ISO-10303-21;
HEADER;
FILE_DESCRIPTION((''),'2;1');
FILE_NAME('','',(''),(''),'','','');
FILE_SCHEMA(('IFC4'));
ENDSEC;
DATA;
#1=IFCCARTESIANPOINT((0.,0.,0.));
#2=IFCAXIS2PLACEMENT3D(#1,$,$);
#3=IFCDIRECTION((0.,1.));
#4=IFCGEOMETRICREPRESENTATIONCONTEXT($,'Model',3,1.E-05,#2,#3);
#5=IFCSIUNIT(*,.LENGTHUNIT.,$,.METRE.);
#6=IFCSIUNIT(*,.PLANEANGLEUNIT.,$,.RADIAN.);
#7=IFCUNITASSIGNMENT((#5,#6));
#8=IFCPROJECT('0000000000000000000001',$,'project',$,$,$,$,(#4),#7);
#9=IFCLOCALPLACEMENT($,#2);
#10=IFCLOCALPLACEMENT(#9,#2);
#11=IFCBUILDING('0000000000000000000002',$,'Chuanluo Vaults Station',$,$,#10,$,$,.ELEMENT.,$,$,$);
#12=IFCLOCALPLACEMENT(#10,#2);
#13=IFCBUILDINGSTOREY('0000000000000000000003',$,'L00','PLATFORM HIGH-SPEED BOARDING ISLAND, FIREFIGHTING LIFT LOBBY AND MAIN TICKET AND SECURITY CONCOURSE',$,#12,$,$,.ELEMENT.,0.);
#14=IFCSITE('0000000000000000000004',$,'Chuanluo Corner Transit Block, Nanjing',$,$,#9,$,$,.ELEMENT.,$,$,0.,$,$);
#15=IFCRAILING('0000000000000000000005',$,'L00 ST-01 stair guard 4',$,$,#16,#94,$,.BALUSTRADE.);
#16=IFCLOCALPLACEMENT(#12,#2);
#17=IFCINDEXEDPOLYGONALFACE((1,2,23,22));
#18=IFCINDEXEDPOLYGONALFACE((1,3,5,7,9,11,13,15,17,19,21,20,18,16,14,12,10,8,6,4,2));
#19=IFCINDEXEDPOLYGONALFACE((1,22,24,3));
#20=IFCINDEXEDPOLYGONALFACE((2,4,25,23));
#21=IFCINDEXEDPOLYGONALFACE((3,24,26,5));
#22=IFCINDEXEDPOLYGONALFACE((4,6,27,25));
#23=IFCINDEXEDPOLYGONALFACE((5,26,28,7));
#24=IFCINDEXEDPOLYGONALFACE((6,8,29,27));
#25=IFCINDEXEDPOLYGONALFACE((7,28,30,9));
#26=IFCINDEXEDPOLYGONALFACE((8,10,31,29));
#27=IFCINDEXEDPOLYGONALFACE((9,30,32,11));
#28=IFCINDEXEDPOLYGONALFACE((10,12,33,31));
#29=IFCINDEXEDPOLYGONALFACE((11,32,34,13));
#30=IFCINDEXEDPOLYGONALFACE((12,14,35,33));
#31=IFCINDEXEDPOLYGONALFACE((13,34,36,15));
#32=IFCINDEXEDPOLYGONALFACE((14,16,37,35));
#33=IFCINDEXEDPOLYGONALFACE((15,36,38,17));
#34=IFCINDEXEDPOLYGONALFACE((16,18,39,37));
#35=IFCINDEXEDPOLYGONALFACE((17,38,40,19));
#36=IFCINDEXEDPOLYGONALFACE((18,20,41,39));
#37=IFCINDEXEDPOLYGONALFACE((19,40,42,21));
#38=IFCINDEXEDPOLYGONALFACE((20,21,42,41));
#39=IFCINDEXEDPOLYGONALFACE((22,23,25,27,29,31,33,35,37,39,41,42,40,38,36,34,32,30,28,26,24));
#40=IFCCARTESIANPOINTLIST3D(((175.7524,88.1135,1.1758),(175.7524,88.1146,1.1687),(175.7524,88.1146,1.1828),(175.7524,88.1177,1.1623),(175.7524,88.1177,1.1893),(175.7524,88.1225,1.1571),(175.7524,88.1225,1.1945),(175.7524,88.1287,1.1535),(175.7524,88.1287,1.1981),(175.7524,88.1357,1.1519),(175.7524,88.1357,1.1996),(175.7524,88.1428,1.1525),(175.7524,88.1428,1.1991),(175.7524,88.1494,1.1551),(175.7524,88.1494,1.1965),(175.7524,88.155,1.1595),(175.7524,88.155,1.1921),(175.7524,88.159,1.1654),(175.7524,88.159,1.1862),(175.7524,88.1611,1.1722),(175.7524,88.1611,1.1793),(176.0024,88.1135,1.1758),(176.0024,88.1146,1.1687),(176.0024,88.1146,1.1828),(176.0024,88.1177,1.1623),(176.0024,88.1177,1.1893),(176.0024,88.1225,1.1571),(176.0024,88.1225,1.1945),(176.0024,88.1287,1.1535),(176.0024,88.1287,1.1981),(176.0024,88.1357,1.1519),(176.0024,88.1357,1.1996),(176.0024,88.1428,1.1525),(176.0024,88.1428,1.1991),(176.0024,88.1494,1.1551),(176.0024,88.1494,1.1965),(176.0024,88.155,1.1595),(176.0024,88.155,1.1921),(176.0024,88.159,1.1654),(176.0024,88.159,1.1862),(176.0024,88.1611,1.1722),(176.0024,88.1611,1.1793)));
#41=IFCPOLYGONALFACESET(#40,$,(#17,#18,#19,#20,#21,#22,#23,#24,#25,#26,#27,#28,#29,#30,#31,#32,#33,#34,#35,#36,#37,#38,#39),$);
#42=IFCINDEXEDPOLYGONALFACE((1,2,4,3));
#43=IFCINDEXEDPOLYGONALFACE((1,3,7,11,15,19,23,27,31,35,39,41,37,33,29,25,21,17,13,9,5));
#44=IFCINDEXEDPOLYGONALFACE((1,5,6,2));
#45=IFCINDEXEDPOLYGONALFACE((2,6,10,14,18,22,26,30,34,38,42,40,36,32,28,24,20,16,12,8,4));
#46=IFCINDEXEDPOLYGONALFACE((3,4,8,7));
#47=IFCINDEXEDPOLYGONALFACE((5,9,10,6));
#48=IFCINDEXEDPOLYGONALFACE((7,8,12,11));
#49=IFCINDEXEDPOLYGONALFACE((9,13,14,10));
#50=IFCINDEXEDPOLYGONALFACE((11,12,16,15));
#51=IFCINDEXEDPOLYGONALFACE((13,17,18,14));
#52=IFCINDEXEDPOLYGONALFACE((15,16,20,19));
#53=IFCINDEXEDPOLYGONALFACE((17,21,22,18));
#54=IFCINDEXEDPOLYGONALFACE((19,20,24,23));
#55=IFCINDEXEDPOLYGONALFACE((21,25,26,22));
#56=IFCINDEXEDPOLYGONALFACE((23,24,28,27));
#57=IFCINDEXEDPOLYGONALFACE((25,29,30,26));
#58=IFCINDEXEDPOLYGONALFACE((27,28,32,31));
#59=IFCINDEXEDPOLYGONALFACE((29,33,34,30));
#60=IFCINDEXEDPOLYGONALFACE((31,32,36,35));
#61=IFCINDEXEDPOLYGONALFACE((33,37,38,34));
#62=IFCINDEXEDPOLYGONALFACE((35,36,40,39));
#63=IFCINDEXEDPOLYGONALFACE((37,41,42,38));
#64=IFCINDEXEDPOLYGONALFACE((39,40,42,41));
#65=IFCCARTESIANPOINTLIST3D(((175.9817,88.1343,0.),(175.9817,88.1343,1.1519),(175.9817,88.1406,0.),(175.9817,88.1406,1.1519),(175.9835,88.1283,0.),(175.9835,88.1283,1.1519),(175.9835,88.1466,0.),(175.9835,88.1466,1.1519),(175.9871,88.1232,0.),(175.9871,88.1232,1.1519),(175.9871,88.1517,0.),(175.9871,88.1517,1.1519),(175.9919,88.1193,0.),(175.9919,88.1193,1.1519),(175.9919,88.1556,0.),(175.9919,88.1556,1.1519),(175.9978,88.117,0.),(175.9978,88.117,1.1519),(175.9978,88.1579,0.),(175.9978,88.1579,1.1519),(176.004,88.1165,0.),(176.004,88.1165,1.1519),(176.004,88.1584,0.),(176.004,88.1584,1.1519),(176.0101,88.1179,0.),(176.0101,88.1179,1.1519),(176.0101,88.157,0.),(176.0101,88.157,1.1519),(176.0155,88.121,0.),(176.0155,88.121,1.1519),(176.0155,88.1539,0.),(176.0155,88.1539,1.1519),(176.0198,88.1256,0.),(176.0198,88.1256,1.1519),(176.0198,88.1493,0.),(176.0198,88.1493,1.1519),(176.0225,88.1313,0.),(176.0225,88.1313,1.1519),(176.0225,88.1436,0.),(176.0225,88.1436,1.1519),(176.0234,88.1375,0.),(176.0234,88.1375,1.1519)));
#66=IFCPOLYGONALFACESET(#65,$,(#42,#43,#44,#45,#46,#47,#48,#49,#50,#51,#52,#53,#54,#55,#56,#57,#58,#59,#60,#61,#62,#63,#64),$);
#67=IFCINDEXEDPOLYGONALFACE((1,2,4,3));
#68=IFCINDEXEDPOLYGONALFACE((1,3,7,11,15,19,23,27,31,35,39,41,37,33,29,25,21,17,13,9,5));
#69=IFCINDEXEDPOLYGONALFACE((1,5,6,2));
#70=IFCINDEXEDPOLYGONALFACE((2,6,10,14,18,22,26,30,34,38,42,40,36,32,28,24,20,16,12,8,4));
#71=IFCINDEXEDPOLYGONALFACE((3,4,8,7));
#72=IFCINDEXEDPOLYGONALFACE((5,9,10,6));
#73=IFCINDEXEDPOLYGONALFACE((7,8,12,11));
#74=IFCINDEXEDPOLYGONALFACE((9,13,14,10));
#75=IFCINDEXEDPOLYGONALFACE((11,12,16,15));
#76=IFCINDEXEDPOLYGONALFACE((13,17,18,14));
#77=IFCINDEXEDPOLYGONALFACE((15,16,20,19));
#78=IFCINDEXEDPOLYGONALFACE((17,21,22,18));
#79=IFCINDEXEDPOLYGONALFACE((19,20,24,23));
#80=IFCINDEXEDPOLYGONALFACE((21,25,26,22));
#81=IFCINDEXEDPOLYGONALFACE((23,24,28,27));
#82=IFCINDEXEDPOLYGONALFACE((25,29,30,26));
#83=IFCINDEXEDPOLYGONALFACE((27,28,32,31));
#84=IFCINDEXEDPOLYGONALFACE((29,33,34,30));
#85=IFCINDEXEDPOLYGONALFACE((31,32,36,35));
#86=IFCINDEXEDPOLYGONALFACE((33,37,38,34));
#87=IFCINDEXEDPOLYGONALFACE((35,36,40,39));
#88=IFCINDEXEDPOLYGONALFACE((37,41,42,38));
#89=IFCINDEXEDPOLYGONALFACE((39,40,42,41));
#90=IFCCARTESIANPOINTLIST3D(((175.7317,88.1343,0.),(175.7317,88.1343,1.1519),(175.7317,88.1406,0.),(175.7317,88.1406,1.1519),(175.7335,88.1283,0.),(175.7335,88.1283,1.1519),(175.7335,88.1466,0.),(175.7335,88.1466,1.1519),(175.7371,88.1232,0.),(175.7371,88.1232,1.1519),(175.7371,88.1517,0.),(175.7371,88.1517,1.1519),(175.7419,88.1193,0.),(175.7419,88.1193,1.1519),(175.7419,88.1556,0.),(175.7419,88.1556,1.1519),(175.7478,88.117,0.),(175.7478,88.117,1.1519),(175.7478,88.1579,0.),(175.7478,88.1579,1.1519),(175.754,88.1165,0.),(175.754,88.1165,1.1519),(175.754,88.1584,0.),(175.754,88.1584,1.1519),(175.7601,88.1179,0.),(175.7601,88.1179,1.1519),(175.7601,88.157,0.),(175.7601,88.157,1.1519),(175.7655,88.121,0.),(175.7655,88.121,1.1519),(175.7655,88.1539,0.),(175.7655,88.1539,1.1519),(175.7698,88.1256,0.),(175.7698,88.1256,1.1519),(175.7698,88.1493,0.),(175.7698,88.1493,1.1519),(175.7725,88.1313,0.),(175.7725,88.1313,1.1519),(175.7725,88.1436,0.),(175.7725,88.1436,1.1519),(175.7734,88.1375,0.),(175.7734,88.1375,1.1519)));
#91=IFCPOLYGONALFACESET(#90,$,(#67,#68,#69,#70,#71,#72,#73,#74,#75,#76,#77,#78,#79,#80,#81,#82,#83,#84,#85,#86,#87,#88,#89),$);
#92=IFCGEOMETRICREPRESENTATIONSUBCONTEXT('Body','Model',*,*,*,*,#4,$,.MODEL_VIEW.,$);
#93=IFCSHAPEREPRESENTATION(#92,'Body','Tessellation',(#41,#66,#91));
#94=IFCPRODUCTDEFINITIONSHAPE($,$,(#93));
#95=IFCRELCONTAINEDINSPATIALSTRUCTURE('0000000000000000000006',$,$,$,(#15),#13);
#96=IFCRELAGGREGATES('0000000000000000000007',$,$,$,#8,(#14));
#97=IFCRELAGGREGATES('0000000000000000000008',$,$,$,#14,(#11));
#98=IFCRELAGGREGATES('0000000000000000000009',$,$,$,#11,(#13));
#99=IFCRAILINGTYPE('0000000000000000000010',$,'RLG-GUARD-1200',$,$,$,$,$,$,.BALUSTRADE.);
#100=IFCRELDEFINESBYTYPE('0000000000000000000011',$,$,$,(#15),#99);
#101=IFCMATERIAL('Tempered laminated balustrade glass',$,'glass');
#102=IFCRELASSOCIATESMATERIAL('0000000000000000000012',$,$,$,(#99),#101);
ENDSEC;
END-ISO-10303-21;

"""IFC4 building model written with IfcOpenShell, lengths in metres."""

from ifc_helpers import new_model, si_unit, direction, frame, origin, origin_2d, place, context, subcontext, project, spatial, circle, extrude, material, type_object, element, save


model = new_model("IFC4")

# Units and contexts
model_context = context("Model", 3, precision=1e-05, world=origin(), true_north=direction((0.0, 1.0)))
body_context = subcontext(model_context, "Body", "Model", "MODEL_VIEW")
ifc_project = project(units=[si_unit("LENGTHUNIT", "METRE"), si_unit("PLANEANGLEUNIT", "RADIAN")], contexts=[model_context])

# Site, building, storey
site_placement = place(None, origin())
site = spatial("IfcSite", under=ifc_project, at=site_placement, Name="Chuanluo Corner Transit Block, Nanjing", CompositionType="ELEMENT", RefElevation=0.0)
building_placement = place(site_placement, origin())
building = spatial("IfcBuilding", under=site, at=building_placement, Name="Chuanluo Vaults Station", CompositionType="ELEMENT")
storey_placement = place(building_placement, origin())
storey = spatial("IfcBuildingStorey", under=building, at=storey_placement, Name="L00", Description="PLATFORM HIGH-SPEED BOARDING ISLAND, FIREFIGHTING LIFT LOBBY AND MAIN TICKET AND SECURITY CONCOURSE", CompositionType="ELEMENT", Elevation=0.0)

# Railing
ifc_material_1 = material(Name="Tempered laminated balustrade glass", Category="glass")
railing_type_1 = type_object("IfcRailingType", Name="RLG-GUARD-1200", PredefinedType="BALUSTRADE", material=ifc_material_1)
railing_1_placement = place(storey_placement, frame((176.0024, 88.1375, 0.0)))
element("IfcRailing", 1, at=railing_1_placement, inside=storey, type_object=railing_type_1, Name="L00 ST-01 stair guard 4", PredefinedType="BALUSTRADE", context=body_context, shape_type="SweptSolid", body=[
    extrude(circle(Radius=0.0239, at=origin_2d()), frame((0.0, 0.0, 1.1758), z_axis=(-1.0, 0.0, 0.0), x_axis=(0.0, -1.0, 0.0)), (0.0, 0.0, 1.0), 0.25),
    extrude(circle(Radius=0.021, at=origin_2d()), origin(), (0.0, 0.0, 1.0), 1.1519),
    extrude(circle(Radius=0.021, at=origin_2d()), frame((-0.25, 0.0, 0.0)), (0.0, 0.0, 1.0), 1.1519),
])

save(model, "model.ifc")
